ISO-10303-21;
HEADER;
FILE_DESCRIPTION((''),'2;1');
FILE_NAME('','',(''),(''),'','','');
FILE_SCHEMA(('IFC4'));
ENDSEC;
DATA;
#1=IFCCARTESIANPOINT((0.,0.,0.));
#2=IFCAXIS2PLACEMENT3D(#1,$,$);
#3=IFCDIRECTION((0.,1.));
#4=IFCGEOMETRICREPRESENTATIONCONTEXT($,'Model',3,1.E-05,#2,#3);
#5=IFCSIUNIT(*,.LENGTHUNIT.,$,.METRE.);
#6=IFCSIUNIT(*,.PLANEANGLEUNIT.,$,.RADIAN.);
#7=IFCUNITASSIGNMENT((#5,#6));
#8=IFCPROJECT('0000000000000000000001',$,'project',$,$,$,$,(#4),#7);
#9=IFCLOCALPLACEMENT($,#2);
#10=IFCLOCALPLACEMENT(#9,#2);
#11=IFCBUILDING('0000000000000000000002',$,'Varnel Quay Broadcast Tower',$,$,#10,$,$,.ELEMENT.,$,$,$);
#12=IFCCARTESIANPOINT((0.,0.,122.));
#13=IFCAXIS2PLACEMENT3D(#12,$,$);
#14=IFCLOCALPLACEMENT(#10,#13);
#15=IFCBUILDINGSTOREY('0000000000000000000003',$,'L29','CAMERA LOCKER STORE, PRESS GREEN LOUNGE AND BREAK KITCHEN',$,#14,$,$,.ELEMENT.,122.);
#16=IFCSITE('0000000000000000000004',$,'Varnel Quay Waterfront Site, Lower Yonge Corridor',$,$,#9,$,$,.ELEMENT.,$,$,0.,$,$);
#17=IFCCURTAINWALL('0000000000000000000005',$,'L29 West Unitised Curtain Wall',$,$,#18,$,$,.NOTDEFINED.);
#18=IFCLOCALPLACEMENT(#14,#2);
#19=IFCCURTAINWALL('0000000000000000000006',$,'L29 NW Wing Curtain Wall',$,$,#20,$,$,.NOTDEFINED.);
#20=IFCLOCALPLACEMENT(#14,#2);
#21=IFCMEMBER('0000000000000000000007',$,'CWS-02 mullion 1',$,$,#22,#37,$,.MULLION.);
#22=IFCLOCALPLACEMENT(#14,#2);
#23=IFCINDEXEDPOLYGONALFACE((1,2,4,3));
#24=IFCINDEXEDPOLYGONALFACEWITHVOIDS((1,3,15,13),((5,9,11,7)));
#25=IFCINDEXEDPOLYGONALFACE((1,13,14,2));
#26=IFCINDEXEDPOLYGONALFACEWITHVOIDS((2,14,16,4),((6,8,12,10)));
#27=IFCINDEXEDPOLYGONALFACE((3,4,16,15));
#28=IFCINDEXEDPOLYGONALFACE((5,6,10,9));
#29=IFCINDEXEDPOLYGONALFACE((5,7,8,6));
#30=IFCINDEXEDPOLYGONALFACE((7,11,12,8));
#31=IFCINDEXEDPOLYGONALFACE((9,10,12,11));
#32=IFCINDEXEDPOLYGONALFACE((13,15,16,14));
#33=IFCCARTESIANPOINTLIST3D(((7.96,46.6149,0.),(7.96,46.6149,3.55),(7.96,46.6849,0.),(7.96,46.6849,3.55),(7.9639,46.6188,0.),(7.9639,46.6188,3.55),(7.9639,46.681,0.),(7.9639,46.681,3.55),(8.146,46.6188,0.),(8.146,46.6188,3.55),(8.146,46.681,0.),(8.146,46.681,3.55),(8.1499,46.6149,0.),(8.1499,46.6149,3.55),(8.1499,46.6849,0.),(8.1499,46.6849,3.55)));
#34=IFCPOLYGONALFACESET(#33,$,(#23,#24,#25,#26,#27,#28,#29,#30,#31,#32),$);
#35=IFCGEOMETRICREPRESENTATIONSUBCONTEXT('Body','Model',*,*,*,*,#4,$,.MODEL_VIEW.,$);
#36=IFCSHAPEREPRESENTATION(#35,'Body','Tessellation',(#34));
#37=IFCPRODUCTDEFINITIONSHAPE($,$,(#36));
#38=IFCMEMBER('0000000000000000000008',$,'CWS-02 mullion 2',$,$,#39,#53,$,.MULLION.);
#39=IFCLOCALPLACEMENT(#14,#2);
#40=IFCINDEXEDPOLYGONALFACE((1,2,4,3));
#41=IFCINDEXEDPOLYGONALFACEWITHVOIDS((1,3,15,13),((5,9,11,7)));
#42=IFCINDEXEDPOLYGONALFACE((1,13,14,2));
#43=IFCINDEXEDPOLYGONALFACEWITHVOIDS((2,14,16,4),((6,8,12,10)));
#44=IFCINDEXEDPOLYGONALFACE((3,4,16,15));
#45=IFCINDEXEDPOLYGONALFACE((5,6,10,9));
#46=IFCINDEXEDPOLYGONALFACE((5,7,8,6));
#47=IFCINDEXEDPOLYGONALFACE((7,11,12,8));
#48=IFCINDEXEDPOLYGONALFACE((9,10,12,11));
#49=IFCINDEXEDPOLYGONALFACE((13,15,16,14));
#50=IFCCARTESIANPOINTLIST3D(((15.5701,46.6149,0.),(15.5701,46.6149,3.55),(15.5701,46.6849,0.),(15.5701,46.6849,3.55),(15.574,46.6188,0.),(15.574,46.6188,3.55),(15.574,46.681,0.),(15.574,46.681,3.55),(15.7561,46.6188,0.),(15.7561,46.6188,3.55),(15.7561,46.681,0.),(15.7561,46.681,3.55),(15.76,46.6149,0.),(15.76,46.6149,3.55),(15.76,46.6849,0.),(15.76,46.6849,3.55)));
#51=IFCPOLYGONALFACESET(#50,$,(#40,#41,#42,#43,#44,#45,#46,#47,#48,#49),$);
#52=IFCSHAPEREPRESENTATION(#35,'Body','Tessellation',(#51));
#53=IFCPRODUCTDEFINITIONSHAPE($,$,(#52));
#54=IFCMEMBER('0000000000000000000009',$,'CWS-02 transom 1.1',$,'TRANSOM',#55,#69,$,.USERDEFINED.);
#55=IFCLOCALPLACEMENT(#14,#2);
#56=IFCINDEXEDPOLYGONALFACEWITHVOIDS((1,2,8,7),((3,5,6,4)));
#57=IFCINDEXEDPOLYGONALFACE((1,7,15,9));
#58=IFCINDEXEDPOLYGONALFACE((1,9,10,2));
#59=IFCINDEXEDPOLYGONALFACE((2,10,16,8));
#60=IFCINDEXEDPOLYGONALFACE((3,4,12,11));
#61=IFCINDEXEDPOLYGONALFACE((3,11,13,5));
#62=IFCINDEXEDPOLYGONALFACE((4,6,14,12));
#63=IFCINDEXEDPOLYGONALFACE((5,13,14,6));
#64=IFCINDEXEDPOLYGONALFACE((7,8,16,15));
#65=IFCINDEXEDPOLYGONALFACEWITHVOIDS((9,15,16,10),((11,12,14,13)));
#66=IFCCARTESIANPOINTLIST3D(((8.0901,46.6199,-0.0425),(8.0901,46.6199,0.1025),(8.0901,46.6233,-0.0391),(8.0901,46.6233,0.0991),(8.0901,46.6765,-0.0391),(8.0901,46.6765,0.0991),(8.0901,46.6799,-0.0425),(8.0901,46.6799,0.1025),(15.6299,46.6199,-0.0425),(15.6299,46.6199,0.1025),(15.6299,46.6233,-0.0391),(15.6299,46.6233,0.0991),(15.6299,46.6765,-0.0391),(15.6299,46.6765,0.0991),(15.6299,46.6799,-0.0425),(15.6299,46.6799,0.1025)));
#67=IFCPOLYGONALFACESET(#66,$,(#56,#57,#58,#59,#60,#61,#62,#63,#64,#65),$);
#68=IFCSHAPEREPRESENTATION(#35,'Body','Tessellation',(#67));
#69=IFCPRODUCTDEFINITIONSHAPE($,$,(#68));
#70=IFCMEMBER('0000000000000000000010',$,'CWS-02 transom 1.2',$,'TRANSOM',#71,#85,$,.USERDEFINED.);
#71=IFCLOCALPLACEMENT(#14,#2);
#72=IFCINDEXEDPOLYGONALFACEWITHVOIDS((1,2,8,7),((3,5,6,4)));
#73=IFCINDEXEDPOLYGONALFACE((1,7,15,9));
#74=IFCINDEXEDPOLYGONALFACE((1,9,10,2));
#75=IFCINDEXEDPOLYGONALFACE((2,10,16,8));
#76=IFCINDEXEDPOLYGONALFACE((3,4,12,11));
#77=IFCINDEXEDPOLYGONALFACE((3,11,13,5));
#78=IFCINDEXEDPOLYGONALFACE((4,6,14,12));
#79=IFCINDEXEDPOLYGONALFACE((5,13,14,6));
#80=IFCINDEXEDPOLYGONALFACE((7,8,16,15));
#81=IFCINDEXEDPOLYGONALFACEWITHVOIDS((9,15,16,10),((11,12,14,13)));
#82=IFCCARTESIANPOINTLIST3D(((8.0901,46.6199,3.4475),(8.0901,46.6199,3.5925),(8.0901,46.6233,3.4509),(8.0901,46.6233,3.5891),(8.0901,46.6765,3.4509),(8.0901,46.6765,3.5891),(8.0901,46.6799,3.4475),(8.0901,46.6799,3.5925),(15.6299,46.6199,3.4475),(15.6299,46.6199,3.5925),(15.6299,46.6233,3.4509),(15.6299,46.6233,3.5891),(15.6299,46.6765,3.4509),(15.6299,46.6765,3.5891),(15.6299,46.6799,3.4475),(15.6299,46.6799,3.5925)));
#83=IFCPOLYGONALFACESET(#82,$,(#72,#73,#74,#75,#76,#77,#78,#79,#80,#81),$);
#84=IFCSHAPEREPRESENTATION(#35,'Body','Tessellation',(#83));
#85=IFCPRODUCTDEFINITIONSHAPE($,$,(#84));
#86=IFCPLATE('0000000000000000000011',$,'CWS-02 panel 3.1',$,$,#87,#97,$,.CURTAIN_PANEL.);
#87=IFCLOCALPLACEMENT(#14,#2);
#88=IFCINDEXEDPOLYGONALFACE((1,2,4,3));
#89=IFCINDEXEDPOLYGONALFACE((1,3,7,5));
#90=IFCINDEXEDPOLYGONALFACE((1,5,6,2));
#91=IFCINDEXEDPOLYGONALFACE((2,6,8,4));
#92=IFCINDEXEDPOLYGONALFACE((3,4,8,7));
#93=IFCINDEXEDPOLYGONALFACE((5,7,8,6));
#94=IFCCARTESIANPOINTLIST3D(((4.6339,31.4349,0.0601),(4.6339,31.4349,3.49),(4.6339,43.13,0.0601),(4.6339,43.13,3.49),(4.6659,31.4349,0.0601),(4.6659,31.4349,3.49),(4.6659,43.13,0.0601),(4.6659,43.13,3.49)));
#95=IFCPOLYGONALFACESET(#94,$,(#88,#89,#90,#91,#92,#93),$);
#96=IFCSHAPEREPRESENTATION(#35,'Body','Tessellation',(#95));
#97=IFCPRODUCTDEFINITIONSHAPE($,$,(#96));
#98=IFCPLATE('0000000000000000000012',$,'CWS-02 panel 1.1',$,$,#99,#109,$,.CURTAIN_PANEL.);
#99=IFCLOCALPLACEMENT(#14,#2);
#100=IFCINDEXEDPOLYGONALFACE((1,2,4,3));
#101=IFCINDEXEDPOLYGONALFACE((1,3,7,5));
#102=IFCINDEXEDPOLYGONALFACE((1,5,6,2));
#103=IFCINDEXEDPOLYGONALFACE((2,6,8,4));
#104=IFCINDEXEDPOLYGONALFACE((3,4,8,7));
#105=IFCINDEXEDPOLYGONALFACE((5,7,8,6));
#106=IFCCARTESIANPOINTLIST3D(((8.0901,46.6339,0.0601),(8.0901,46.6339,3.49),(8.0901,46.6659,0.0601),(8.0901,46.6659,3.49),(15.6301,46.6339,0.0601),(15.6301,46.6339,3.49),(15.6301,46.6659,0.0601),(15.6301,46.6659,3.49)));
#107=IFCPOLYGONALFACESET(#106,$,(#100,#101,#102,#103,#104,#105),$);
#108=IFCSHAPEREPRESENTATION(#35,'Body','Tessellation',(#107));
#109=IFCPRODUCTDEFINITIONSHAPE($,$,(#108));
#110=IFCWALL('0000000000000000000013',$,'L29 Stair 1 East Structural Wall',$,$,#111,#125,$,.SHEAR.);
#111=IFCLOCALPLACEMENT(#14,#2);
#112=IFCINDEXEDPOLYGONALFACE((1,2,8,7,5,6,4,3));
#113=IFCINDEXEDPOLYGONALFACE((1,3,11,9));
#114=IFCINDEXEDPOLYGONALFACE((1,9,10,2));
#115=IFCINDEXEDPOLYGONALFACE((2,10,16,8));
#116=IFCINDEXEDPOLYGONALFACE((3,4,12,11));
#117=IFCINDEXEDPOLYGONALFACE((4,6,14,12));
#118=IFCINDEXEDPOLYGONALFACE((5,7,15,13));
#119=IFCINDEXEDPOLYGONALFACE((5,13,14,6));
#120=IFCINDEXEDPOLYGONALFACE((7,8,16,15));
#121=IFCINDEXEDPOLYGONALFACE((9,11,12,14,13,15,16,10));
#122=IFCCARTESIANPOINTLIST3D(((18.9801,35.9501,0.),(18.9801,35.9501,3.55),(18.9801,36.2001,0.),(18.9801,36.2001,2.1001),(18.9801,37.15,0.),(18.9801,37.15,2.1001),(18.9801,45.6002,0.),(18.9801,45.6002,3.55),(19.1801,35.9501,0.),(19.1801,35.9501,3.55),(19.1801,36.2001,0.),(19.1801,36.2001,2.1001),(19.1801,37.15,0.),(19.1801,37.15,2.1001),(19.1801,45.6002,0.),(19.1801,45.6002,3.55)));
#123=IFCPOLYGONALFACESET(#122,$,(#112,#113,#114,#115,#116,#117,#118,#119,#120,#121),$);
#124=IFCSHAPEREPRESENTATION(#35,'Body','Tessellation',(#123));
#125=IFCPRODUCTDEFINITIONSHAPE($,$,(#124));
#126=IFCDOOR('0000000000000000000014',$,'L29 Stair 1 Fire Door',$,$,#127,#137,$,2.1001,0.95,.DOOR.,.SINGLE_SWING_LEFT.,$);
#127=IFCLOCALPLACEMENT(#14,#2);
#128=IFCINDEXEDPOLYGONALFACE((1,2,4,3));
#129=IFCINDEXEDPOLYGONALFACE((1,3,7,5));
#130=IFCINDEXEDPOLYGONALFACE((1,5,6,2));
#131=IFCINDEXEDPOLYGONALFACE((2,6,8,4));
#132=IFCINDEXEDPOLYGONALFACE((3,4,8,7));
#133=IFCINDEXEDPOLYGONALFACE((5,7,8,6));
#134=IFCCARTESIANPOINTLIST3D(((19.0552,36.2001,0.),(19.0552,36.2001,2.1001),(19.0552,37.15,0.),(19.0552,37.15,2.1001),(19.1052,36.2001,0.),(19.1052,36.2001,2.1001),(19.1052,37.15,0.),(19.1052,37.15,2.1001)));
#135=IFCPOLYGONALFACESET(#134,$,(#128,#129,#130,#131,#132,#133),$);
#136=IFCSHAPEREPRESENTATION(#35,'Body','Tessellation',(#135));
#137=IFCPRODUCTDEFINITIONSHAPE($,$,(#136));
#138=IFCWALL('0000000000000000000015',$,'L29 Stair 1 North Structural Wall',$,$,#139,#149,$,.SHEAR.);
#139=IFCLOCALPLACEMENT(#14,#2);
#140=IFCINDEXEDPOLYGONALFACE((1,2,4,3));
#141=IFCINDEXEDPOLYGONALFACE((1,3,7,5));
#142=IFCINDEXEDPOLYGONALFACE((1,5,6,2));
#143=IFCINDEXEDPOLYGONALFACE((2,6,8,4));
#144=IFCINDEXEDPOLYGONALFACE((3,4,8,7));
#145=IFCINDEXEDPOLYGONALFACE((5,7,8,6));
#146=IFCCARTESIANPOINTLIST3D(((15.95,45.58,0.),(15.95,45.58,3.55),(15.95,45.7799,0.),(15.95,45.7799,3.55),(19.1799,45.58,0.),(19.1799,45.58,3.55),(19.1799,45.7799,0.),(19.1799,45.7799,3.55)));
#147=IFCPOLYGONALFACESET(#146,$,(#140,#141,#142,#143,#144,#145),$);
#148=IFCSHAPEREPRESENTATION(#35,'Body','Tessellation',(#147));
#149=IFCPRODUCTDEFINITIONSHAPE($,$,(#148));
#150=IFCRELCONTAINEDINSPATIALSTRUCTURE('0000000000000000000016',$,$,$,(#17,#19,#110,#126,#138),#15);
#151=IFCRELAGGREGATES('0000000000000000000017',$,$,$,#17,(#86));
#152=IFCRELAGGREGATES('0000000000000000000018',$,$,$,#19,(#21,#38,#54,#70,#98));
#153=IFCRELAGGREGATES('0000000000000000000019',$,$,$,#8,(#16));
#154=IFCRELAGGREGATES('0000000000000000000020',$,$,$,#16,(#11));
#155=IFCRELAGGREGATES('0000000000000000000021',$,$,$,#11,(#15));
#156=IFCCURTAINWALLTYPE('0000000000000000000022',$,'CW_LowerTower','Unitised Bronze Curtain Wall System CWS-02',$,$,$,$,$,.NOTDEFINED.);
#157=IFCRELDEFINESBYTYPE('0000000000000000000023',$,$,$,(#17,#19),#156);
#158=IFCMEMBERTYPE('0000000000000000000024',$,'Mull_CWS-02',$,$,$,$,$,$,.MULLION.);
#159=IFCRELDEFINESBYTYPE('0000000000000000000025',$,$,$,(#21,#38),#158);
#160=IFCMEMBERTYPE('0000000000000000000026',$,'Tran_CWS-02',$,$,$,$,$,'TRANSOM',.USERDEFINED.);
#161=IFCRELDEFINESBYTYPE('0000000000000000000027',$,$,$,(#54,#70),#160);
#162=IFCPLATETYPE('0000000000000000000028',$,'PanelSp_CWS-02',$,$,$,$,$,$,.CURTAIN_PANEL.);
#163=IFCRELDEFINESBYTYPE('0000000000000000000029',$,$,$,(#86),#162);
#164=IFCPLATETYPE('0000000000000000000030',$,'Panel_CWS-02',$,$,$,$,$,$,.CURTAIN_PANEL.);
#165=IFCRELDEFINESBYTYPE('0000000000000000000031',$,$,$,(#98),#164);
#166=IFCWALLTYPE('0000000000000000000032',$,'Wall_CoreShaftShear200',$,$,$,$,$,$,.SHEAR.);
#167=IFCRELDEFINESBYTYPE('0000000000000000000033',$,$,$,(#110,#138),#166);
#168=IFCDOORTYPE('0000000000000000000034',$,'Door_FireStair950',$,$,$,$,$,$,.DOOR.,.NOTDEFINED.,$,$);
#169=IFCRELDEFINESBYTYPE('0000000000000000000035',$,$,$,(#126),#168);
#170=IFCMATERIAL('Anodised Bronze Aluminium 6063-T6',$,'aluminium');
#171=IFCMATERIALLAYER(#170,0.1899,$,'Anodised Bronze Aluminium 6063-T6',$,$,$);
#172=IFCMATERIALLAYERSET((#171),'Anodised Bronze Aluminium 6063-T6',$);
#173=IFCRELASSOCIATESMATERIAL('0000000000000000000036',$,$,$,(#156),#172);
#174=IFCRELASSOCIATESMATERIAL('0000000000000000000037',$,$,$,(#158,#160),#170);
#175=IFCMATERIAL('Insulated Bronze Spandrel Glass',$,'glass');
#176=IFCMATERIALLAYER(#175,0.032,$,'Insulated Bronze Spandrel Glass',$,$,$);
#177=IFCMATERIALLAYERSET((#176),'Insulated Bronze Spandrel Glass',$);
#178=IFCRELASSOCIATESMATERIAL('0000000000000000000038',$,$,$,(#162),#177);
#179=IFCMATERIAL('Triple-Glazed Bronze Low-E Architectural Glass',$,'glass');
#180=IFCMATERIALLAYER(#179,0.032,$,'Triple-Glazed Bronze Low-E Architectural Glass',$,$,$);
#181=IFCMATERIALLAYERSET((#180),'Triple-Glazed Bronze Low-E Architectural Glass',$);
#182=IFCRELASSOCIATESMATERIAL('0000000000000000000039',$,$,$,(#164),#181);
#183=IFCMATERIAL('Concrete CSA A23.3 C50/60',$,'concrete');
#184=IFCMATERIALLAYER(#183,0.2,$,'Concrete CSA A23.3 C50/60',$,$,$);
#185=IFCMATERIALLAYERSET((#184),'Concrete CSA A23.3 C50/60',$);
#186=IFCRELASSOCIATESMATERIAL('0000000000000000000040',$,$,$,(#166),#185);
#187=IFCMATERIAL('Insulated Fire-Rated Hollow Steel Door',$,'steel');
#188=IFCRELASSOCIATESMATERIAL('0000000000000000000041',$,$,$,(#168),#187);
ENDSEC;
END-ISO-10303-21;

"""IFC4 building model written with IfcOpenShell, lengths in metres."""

from ifc_helpers import new_model, si_unit, direction, frame, frame_2d, origin, origin_2d, place, context, subcontext, project, spatial, rectangle, hollow_rectangle, extrude, source, transform, mapped, material, layer, layer_set, material_profile, profile_set, type_object, type_shapes, element, fill, aggregate, save


model = new_model("IFC4")

# Units and contexts
model_context = context("Model", 3, precision=1e-05, world=origin(), true_north=direction((0.0, 1.0)))
body_context = subcontext(model_context, "Body", "Model", "MODEL_VIEW")
ifc_project = project(units=[si_unit("LENGTHUNIT", "METRE"), si_unit("PLANEANGLEUNIT", "RADIAN")], contexts=[model_context])

# Site, building, storey
site_placement = place(None, origin())
site = spatial("IfcSite", under=ifc_project, at=site_placement, Name="Varnel Quay Waterfront Site, Lower Yonge Corridor", CompositionType="ELEMENT", RefElevation=0.0)
building_placement = place(site_placement, origin())
building = spatial("IfcBuilding", under=site, at=building_placement, Name="Varnel Quay Broadcast Tower", CompositionType="ELEMENT")
storey_placement = place(building_placement, frame((0.0, 0.0, 122.0)))
storey = spatial("IfcBuildingStorey", under=building, at=storey_placement, Name="L29", Description="CAMERA LOCKER STORE, PRESS GREEN LOUNGE AND BREAK KITCHEN", CompositionType="ELEMENT", Elevation=122.0)

# Curtain wall
ifc_material_1 = material(Name="Anodised Bronze Aluminium 6063-T6", Category="aluminium")
ifc_layer_1 = layer(ifc_material_1, 0.1899, Name="Anodised Bronze Aluminium 6063-T6")
ifc_layer_set_1 = layer_set([ifc_layer_1], Name="Anodised Bronze Aluminium 6063-T6")
curtain_wall_type = type_object("IfcCurtainWallType", Name="CW_LowerTower", Description="Unitised Bronze Curtain Wall System CWS-02", PredefinedType="NOTDEFINED", material=ifc_layer_set_1)
curtain_wall_1_placement = place(storey_placement, origin())
curtain_wall_1 = element("IfcCurtainWall", 1, at=curtain_wall_1_placement, inside=storey, type_object=curtain_wall_type, Name="L29 West Unitised Curtain Wall", PredefinedType="NOTDEFINED")
ifc_material_profile_1 = material_profile(ifc_material_1, hollow_rectangle(XDim=0.0701, YDim=0.1899, WallThickness=0.0039, at=origin_2d()), Name="ALU70X190X4")
ifc_profile_set_1 = profile_set([ifc_material_profile_1], Name="Anodised Bronze Aluminium 6063-T6")
member_type_1 = type_object("IfcMemberType", Name="Mull_CWS-02", PredefinedType="MULLION", material=ifc_profile_set_1)
shared_shape_1 = source(origin(), body_context, "Body", "SweptSolid", [
    extrude(hollow_rectangle(XDim=0.0701, YDim=0.1899, WallThickness=0.0039, at=origin_2d()), origin(), (0.0, 0.0, 1.0), 3.55),
])
type_shapes(member_type_1, [shared_shape_1])

# Curtain wall, members
curtain_wall_2_placement = place(storey_placement, origin())
curtain_wall_2 = element("IfcCurtainWall", 2, at=curtain_wall_2_placement, inside=storey, type_object=curtain_wall_type, Name="L29 NW Wing Curtain Wall", PredefinedType="NOTDEFINED")
member_1_placement = place(storey_placement, frame((8.0549, 46.6499, 0.0), z_axis=(0.0, 0.0, 1.0), x_axis=(0.0, 1.0, 0.0)))
member_1 = element("IfcMember", 3, at=member_1_placement, type_object=member_type_1, Name="CWS-02 mullion 1", PredefinedType="MULLION", context=body_context, shape_type="MappedRepresentation", body=[
    mapped(shared_shape_1, transform((0.0, 0.0, 0.0), x_axis=(1.0, 0.0, 0.0), y_axis=(0.0, 1.0, 0.0), z_axis=(0.0, 0.0, 1.0), scale=1.0)),
])
member_2_placement = place(storey_placement, frame((15.665, 46.6499, 0.0), z_axis=(0.0, 0.0, 1.0), x_axis=(0.0, 1.0, 0.0)))
member_2 = element("IfcMember", 4, at=member_2_placement, type_object=member_type_1, Name="CWS-02 mullion 2", PredefinedType="MULLION", context=body_context, shape_type="MappedRepresentation", body=[
    mapped(shared_shape_1, transform((0.0, 0.0, 0.0), x_axis=(1.0, 0.0, 0.0), y_axis=(0.0, 1.0, 0.0), z_axis=(0.0, 0.0, 1.0), scale=1.0)),
])
ifc_material_profile_2 = material_profile(ifc_material_1, hollow_rectangle(XDim=0.0601, YDim=0.145, WallThickness=0.0034, at=origin_2d()), Name="ALU60X145X3.5")
ifc_profile_set_2 = profile_set([ifc_material_profile_2], Name="Anodised Bronze Aluminium 6063-T6")
member_type_2 = type_object("IfcMemberType", Name="Tran_CWS-02", ElementType="TRANSOM", PredefinedType="USERDEFINED", material=ifc_profile_set_2)
shared_shape_2 = source(origin(), body_context, "Body", "SweptSolid", [
    extrude(hollow_rectangle(XDim=0.0601, YDim=0.145, WallThickness=0.0034, at=origin_2d()), origin(), (0.0, 0.0, 1.0), 7.5398),
])
type_shapes(member_type_2, [shared_shape_2])
member_3_placement = place(storey_placement, frame((8.0901, 46.6499, 0.03), z_axis=(1.0, 0.0, 0.0), x_axis=(0.0, 1.0, 0.0)))
member_3 = element("IfcMember", 5, at=member_3_placement, type_object=member_type_2, Name="CWS-02 transom 1.1", ObjectType="TRANSOM", PredefinedType="USERDEFINED", context=body_context, shape_type="MappedRepresentation", body=[
    mapped(shared_shape_2, transform((0.0, 0.0, 0.0), x_axis=(1.0, 0.0, 0.0), y_axis=(0.0, 1.0, 0.0), z_axis=(0.0, 0.0, 1.0), scale=1.0)),
])
member_4_placement = place(storey_placement, frame((8.0901, 46.6499, 3.52), z_axis=(1.0, 0.0, 0.0), x_axis=(0.0, 1.0, 0.0)))
member_4 = element("IfcMember", 6, at=member_4_placement, type_object=member_type_2, Name="CWS-02 transom 1.2", ObjectType="TRANSOM", PredefinedType="USERDEFINED", context=body_context, shape_type="MappedRepresentation", body=[
    mapped(shared_shape_2, transform((0.0, 0.0, 0.0), x_axis=(1.0, 0.0, 0.0), y_axis=(0.0, 1.0, 0.0), z_axis=(0.0, 0.0, 1.0), scale=1.0)),
])

# Plates
ifc_material_2 = material(Name="Insulated Bronze Spandrel Glass", Category="glass")
ifc_layer_2 = layer(ifc_material_2, 0.032, Name="Insulated Bronze Spandrel Glass")
ifc_layer_set_2 = layer_set([ifc_layer_2], Name="Insulated Bronze Spandrel Glass")
plate_type_1 = type_object("IfcPlateType", Name="PanelSp_CWS-02", PredefinedType="CURTAIN_PANEL", material=ifc_layer_set_2)
shared_shape_3 = source(origin(), body_context, "Body", "SweptSolid", [
    extrude(rectangle(XDim=11.6951, YDim=0.032, at=origin_2d()), origin(), (0.0, 0.0, 1.0), 3.4299),
])
type_shapes(plate_type_1, [shared_shape_3])
plate_1_placement = place(storey_placement, frame((4.6499, 37.2825, 0.0601), z_axis=(0.0, 0.0, 1.0), x_axis=(0.0, 1.0, 0.0)))
plate_1 = element("IfcPlate", 7, at=plate_1_placement, type_object=plate_type_1, Name="CWS-02 panel 3.1", PredefinedType="CURTAIN_PANEL", context=body_context, shape_type="MappedRepresentation", body=[
    mapped(shared_shape_3, transform((0.0, 0.0, 0.0), x_axis=(1.0, 0.0, 0.0), y_axis=(0.0, 1.0, 0.0), z_axis=(0.0, 0.0, 1.0), scale=1.0)),
])
aggregate(curtain_wall_1, [plate_1])
ifc_material_3 = material(Name="Triple-Glazed Bronze Low-E Architectural Glass", Category="glass")
ifc_layer_3 = layer(ifc_material_3, 0.032, Name="Triple-Glazed Bronze Low-E Architectural Glass")
ifc_layer_set_3 = layer_set([ifc_layer_3], Name="Triple-Glazed Bronze Low-E Architectural Glass")
plate_type_2 = type_object("IfcPlateType", Name="Panel_CWS-02", PredefinedType="CURTAIN_PANEL", material=ifc_layer_set_3)
shared_shape_4 = source(origin(), body_context, "Body", "SweptSolid", [
    extrude(rectangle(XDim=7.54, YDim=0.032, at=origin_2d()), origin(), (0.0, 0.0, 1.0), 3.4299),
])
type_shapes(plate_type_2, [shared_shape_4])
plate_2_placement = place(storey_placement, frame((11.8601, 46.6499, 0.0601), z_axis=(0.0, 0.0, 1.0), x_axis=(1.0, 0.0, 0.0)))
plate_2 = element("IfcPlate", 8, at=plate_2_placement, type_object=plate_type_2, Name="CWS-02 panel 1.1", PredefinedType="CURTAIN_PANEL", context=body_context, shape_type="MappedRepresentation", body=[
    mapped(shared_shape_4, transform((0.0, 0.0, 0.0), x_axis=(1.0, 0.0, 0.0), y_axis=(0.0, 1.0, 0.0), z_axis=(0.0, 0.0, 1.0), scale=1.0)),
])
aggregate(curtain_wall_2, [member_1, member_2, member_3, member_4, plate_2])

# Wall, opening, door
ifc_material_4 = material(Name="Concrete CSA A23.3 C50/60", Category="concrete")
ifc_layer_4 = layer(ifc_material_4, 0.2, Name="Concrete CSA A23.3 C50/60")
ifc_layer_set_4 = layer_set([ifc_layer_4], Name="Concrete CSA A23.3 C50/60")
wall_type_1 = type_object("IfcWallType", Name="Wall_CoreShaftShear200", PredefinedType="SHEAR", material=ifc_layer_set_4)
wall_1_placement = place(storey_placement, frame((19.0801, 35.95, 0.0), z_axis=(0.0, 0.0, 1.0), x_axis=(0.0, 1.0, 0.0)))
wall_1 = element("IfcWall", 9, at=wall_1_placement, inside=storey, type_object=wall_type_1, Name="L29 Stair 1 East Structural Wall", PredefinedType="SHEAR", context=body_context, shape_type="SweptSolid", body=[
    extrude(rectangle(XDim=9.6501, YDim=0.2, at=frame_2d((4.8252, 0.0))), origin(), (0.0, 0.0, 1.0), 3.55),
])
opening_1_placement = place(wall_1_placement, frame((0.25, 0.0, 0.0)))
opening_1 = element("IfcOpeningElement", 10, at=opening_1_placement, cuts=wall_1, PredefinedType="OPENING", context=body_context, shape_type="SweptSolid", body=[
    extrude(rectangle(XDim=0.95, YDim=2.1001, at=frame_2d((0.4751, 1.05))), frame((0.0, 0.1099, 0.0), z_axis=(0.0, -1.0, 0.0), x_axis=(1.0, 0.0, 0.0)), (0.0, 0.0, 1.0), 0.22),
])
ifc_material_5 = material(Name="Insulated Fire-Rated Hollow Steel Door", Category="steel")
door_type_1 = type_object("IfcDoorType", Name="Door_FireStair950", OperationType="NOTDEFINED", PredefinedType="DOOR", material=ifc_material_5)
shared_shape_5 = source(origin(), body_context, "Body", "SweptSolid", [
    extrude(rectangle(XDim=0.95, YDim=2.1001, at=frame_2d((0.4751, 1.05))), frame((0.0, 0.0249, 0.0), z_axis=(0.0, -1.0, 0.0), x_axis=(1.0, 0.0, 0.0)), (0.0, 0.0, 1.0), 0.05),
])
type_shapes(door_type_1, [shared_shape_5])
door_1_placement = place(opening_1_placement, origin())
door_1 = element("IfcDoor", 11, at=door_1_placement, inside=storey, type_object=door_type_1, Name="L29 Stair 1 Fire Door", OperationType="SINGLE_SWING_LEFT", OverallHeight=2.1001, OverallWidth=0.95, PredefinedType="DOOR", context=body_context, shape_type="MappedRepresentation", body=[
    mapped(shared_shape_5, transform((0.0, 0.0, 0.0), x_axis=(1.0, 0.0, 0.0), y_axis=(0.0, 1.0, 0.0), z_axis=(0.0, 0.0, 1.0), scale=1.0)),
])
fill(opening_1, door_1)

# Wall
wall_2_placement = place(storey_placement, frame((15.95, 45.6799, 0.0), z_axis=(0.0, 0.0, 1.0), x_axis=(1.0, 0.0, 0.0)))
element("IfcWall", 12, at=wall_2_placement, inside=storey, type_object=wall_type_1, Name="L29 Stair 1 North Structural Wall", PredefinedType="SHEAR", context=body_context, shape_type="SweptSolid", body=[
    extrude(rectangle(XDim=3.23, YDim=0.2, at=frame_2d((1.615, 0.0))), origin(), (0.0, 0.0, 1.0), 3.55),
])

save(model, "model.ifc")
